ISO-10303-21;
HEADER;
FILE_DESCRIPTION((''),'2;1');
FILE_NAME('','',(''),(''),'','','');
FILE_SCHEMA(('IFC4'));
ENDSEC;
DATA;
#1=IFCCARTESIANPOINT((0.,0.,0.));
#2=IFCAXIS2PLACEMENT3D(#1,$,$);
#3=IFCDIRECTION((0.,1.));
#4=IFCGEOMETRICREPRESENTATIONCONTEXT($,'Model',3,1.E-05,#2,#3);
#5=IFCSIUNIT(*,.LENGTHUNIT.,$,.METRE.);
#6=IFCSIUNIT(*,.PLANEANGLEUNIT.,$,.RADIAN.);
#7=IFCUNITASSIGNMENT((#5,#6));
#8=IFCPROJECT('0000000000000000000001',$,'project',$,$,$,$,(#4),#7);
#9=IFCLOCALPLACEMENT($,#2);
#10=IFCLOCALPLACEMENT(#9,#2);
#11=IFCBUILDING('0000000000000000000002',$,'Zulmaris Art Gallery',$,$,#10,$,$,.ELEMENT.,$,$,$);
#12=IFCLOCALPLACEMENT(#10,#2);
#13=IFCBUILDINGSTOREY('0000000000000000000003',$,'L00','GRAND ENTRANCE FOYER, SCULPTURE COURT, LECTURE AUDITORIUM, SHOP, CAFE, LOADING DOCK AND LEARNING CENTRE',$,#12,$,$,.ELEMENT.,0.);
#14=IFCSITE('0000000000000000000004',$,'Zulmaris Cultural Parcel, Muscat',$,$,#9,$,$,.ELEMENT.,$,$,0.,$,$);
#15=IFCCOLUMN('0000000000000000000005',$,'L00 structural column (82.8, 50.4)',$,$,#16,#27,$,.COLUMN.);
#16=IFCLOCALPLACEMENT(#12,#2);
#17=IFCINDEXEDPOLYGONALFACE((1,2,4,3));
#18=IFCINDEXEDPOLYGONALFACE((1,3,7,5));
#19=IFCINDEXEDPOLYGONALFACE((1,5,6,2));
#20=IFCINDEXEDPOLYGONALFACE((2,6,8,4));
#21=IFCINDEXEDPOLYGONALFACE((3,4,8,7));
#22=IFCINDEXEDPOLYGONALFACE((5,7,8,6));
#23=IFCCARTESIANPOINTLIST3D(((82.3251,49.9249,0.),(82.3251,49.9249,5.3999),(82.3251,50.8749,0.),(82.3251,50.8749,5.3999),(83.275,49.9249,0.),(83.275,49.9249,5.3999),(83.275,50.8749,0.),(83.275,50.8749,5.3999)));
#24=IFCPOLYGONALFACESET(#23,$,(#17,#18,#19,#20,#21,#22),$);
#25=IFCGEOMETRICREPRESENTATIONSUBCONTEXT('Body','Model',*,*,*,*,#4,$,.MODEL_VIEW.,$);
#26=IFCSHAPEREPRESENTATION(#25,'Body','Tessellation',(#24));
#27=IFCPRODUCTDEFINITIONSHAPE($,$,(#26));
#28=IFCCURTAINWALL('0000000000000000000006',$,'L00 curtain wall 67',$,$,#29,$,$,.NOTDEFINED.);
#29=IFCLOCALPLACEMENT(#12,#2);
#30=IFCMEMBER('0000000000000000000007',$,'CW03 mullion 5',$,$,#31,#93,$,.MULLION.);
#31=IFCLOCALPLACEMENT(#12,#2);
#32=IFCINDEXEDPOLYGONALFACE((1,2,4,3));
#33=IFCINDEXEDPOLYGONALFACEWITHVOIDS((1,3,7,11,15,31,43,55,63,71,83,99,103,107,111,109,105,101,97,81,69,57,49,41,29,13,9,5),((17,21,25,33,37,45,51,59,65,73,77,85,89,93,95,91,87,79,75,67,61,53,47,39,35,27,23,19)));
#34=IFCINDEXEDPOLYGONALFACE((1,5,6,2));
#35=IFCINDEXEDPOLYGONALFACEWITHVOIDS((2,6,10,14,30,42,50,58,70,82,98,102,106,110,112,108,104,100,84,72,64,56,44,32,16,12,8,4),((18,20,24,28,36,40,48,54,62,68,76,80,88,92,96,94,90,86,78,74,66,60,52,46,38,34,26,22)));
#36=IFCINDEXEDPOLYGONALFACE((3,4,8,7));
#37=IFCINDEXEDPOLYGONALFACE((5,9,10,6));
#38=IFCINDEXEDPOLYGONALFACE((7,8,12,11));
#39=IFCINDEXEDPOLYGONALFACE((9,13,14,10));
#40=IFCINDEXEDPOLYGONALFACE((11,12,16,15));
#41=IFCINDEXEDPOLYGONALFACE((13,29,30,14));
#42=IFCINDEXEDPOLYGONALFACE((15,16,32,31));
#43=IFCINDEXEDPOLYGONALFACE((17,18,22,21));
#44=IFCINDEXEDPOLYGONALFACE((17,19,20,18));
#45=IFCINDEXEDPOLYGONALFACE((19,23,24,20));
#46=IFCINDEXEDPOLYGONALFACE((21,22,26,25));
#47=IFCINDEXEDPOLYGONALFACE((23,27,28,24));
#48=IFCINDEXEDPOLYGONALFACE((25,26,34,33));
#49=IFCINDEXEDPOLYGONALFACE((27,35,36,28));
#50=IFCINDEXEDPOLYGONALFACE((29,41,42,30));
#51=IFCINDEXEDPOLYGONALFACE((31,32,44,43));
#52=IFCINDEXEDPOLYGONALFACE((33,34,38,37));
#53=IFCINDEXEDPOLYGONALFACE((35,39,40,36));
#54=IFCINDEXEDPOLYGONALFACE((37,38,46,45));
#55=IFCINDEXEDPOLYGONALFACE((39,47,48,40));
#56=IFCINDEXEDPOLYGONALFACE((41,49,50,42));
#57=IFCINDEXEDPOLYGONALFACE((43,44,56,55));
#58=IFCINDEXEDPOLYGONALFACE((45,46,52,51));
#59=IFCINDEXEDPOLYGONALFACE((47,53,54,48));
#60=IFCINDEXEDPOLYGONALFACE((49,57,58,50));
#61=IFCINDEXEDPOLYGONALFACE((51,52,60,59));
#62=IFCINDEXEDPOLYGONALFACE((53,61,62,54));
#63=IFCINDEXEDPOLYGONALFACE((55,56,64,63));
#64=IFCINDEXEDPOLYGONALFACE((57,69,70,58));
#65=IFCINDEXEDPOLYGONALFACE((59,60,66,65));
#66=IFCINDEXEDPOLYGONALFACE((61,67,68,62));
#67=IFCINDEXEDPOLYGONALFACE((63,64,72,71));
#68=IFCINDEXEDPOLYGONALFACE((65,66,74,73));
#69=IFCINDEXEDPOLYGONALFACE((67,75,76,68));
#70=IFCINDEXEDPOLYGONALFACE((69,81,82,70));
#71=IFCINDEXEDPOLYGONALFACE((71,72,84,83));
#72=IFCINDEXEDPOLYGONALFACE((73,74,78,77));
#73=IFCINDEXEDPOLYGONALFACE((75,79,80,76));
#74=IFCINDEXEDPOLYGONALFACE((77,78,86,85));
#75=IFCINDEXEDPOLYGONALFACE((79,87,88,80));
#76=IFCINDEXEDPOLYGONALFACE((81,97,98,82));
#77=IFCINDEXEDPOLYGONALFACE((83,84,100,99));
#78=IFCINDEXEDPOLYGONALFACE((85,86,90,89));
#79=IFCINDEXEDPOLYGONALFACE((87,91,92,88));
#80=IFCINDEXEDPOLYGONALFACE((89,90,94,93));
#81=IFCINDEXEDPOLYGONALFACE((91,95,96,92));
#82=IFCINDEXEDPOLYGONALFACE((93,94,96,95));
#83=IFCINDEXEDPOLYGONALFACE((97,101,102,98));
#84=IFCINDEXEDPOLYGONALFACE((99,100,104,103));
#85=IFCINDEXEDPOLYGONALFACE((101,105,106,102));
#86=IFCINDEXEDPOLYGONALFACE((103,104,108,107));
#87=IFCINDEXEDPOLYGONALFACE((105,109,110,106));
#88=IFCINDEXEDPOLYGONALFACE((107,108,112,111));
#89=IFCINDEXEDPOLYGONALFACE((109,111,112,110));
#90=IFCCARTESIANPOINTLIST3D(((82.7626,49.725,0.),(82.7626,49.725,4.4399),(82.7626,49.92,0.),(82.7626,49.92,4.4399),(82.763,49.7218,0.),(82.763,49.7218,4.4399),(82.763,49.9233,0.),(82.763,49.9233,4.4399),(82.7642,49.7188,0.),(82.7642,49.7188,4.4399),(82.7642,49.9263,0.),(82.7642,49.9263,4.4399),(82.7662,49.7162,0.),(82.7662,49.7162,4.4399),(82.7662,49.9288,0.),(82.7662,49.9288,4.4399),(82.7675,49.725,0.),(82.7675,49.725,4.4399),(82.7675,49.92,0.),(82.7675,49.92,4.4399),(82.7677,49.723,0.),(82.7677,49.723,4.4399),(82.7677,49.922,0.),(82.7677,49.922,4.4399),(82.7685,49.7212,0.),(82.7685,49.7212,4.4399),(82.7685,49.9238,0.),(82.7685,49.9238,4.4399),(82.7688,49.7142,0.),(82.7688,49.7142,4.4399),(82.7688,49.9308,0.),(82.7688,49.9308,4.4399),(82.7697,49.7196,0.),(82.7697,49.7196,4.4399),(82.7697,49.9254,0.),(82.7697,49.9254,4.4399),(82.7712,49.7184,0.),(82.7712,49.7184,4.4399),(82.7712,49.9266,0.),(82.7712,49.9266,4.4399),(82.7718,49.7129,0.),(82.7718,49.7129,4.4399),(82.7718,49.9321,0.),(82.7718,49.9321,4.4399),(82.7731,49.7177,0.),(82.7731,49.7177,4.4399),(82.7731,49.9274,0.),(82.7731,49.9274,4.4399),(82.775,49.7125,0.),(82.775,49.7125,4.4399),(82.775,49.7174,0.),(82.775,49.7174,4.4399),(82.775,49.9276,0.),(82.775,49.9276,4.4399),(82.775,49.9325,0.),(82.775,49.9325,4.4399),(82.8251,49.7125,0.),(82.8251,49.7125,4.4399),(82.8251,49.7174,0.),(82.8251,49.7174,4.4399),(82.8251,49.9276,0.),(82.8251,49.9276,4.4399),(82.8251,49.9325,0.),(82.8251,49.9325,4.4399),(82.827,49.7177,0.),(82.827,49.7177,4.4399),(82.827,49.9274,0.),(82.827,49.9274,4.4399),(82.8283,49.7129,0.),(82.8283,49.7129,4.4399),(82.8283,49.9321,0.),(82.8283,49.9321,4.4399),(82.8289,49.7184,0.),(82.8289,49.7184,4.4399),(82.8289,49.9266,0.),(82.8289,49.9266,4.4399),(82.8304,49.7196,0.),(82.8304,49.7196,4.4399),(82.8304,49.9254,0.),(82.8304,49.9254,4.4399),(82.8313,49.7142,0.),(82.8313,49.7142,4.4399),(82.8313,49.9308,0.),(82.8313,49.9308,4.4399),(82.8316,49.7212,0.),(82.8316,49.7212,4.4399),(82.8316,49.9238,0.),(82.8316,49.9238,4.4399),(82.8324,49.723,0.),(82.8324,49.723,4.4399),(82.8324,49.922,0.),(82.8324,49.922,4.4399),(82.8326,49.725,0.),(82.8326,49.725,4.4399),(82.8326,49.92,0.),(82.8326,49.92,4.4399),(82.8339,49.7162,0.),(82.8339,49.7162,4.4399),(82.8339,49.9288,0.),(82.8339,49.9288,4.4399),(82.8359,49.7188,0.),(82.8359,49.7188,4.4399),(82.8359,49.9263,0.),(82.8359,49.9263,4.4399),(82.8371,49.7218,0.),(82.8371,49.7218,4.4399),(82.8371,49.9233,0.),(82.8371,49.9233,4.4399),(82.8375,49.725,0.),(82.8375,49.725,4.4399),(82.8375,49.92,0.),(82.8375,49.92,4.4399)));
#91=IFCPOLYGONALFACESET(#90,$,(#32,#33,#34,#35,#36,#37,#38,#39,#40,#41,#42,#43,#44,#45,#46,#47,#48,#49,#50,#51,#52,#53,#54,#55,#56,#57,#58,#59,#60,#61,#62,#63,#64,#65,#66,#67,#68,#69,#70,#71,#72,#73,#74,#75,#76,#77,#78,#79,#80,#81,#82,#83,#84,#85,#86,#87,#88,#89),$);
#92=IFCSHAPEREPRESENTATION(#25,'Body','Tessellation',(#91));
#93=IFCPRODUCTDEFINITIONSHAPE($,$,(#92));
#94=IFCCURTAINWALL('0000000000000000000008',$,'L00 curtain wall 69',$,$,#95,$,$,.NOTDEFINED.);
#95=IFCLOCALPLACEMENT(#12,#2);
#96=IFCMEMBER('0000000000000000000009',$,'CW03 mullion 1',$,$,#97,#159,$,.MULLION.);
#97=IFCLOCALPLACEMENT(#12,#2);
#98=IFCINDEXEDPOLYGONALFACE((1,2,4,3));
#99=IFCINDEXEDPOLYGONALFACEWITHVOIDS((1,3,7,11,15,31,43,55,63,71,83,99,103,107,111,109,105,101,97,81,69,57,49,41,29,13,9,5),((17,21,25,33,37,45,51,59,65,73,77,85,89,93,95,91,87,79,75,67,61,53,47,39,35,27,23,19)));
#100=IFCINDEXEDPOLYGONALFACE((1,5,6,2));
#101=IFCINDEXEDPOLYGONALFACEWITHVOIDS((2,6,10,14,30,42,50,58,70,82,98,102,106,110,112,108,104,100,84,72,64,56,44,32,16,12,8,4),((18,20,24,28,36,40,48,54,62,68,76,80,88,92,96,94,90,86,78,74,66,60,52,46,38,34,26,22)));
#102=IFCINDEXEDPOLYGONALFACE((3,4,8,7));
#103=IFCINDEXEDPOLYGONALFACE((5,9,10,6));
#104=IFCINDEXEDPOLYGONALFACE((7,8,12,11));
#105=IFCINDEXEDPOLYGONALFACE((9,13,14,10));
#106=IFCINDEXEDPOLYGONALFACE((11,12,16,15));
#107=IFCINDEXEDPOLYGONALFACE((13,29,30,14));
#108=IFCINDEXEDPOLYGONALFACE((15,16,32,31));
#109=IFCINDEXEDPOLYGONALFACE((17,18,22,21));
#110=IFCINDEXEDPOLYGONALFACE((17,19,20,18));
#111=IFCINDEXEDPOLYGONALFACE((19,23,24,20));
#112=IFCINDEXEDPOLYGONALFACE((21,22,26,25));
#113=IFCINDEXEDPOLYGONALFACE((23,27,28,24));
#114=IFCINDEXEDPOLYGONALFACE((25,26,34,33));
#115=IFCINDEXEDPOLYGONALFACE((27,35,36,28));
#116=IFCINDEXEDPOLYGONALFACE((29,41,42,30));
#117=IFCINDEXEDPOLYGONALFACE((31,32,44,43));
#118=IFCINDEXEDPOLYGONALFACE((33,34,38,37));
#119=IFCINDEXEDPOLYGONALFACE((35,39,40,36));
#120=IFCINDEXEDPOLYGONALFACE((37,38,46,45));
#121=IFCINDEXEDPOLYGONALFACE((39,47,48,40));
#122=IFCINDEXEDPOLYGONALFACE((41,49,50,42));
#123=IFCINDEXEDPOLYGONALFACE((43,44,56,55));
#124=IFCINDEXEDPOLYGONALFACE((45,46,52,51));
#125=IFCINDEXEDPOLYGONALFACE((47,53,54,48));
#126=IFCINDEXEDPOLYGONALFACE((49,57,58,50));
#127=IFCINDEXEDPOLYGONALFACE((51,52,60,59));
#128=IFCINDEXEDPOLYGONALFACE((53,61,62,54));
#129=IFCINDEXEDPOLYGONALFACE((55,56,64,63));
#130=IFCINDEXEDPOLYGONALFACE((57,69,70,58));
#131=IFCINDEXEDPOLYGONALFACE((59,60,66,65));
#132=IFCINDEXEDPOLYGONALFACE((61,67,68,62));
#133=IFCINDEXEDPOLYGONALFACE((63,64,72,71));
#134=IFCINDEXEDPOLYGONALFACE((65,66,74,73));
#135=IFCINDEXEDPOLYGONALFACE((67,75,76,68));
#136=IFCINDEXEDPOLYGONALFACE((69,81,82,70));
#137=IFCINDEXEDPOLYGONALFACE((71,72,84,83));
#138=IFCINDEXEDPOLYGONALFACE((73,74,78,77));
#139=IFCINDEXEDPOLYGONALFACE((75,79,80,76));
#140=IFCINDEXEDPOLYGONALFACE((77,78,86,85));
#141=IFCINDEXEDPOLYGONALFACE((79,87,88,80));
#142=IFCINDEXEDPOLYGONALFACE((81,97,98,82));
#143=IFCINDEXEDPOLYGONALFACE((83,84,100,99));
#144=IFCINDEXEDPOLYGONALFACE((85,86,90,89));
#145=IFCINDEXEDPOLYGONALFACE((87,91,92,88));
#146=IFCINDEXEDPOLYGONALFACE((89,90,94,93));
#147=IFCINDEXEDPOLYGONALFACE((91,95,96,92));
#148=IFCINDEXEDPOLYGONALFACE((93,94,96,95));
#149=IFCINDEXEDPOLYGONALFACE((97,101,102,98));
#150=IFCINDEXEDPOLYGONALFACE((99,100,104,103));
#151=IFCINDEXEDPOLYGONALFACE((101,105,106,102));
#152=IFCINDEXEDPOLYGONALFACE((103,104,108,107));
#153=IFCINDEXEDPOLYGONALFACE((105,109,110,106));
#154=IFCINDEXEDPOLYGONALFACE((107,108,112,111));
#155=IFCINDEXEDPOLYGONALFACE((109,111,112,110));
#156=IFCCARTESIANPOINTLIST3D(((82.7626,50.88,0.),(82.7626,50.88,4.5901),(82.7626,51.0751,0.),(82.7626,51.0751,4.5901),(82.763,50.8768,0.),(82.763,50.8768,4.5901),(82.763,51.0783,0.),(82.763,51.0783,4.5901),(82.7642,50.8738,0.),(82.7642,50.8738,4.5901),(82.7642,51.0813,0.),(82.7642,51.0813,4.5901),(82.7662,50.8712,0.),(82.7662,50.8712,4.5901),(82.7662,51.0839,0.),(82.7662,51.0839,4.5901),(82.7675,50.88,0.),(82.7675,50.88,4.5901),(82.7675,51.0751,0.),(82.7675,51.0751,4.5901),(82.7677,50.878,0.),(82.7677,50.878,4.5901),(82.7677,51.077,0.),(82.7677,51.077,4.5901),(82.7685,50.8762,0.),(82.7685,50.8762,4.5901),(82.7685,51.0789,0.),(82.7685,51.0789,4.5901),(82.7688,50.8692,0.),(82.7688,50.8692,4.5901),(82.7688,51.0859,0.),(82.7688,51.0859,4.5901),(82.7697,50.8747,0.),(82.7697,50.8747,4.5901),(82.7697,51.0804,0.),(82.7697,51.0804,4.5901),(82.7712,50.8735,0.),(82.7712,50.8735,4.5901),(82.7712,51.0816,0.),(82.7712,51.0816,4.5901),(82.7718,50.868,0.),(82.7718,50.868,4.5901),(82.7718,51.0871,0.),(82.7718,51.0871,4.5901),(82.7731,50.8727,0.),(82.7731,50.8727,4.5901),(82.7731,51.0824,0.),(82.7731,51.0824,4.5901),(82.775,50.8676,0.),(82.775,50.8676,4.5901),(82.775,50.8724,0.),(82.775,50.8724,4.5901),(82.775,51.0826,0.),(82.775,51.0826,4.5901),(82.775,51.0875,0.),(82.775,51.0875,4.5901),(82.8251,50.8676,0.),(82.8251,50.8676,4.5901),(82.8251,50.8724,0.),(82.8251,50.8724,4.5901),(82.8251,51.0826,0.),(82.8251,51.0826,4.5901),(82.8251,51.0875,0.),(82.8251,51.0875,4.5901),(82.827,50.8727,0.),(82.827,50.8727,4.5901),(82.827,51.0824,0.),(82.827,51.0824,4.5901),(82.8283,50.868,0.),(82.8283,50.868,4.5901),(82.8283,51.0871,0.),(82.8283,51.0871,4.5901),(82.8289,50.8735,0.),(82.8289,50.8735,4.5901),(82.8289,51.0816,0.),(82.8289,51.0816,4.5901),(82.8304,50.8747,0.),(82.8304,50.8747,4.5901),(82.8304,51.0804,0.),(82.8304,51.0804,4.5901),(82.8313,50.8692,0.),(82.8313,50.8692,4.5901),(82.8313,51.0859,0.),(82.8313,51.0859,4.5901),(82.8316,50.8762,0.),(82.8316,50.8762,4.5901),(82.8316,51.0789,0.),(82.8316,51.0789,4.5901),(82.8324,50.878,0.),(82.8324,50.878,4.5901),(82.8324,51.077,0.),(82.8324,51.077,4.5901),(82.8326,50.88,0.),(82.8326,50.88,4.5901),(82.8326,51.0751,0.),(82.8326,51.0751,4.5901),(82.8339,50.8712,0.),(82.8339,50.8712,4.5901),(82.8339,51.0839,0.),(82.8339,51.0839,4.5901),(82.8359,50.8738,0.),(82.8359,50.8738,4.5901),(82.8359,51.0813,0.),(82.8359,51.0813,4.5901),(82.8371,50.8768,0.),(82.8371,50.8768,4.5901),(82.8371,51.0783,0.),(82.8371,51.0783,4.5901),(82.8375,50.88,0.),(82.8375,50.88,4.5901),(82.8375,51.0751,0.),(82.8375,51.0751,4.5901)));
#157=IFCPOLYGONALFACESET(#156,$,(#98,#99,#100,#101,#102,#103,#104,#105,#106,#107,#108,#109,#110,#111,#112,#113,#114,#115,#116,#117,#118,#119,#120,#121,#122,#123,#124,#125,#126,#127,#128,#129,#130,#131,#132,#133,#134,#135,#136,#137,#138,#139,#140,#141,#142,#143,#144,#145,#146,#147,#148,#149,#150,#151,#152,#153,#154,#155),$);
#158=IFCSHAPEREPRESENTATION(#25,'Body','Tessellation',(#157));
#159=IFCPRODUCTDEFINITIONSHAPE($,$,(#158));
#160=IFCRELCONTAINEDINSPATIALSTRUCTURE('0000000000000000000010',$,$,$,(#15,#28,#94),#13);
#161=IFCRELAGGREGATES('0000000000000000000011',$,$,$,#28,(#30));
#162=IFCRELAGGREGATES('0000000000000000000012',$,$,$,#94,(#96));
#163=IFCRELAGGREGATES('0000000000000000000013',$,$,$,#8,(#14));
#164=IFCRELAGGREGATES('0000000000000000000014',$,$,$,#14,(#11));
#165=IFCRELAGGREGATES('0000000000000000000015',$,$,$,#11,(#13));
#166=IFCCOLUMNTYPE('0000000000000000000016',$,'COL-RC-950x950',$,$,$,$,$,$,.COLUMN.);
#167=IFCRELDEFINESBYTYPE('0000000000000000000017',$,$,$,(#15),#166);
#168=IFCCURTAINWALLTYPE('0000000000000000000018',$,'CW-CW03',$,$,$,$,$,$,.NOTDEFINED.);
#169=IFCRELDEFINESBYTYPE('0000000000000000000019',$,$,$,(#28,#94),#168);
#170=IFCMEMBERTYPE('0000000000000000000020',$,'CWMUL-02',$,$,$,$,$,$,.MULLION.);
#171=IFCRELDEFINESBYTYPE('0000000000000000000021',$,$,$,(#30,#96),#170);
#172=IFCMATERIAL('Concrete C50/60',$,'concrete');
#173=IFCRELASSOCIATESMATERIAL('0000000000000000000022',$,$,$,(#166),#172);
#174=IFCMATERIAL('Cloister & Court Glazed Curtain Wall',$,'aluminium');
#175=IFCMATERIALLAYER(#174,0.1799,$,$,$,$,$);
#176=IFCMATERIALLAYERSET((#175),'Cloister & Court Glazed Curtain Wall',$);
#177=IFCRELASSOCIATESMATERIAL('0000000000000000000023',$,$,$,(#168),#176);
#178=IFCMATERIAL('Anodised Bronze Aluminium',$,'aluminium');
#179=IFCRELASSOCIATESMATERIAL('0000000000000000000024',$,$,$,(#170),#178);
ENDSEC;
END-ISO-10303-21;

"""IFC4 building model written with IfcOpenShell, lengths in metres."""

from ifc_helpers import new_model, si_unit, direction, frame, origin, origin_2d, place, context, subcontext, project, spatial, rectangle, hollow_rectangle, extrude, material, layer, layer_set, material_profile, profile_set, type_object, element, aggregate, save


model = new_model("IFC4")

# Units and contexts
model_context = context("Model", 3, precision=1e-05, world=origin(), true_north=direction((0.0, 1.0)))
body_context = subcontext(model_context, "Body", "Model", "MODEL_VIEW")
ifc_project = project(units=[si_unit("LENGTHUNIT", "METRE"), si_unit("PLANEANGLEUNIT", "RADIAN")], contexts=[model_context])

# Site, building, storey
site_placement = place(None, origin())
site = spatial("IfcSite", under=ifc_project, at=site_placement, Name="Zulmaris Cultural Parcel, Muscat", CompositionType="ELEMENT", RefElevation=0.0)
building_placement = place(site_placement, origin())
building = spatial("IfcBuilding", under=site, at=building_placement, Name="Zulmaris Art Gallery", CompositionType="ELEMENT")
storey_placement = place(building_placement, origin())
storey = spatial("IfcBuildingStorey", under=building, at=storey_placement, Name="L00", Description="GRAND ENTRANCE FOYER, SCULPTURE COURT, LECTURE AUDITORIUM, SHOP, CAFE, LOADING DOCK AND LEARNING CENTRE", CompositionType="ELEMENT", Elevation=0.0)

# Column
ifc_material_1 = material(Name="Concrete C50/60", Category="concrete")
ifc_material_profile_1 = material_profile(ifc_material_1, rectangle(XDim=0.95, YDim=0.95, at=origin_2d()), Name="RC 950x950")
ifc_profile_set_1 = profile_set([ifc_material_profile_1], Name="Concrete C50/60")
column_type_1 = type_object("IfcColumnType", Name="COL-RC-950x950", PredefinedType="COLUMN", material=ifc_profile_set_1)
column_1_placement = place(storey_placement, frame((82.8, 50.3999, 0.0), z_axis=(0.0, 0.0, 1.0), x_axis=(1.0, 0.0, 0.0)))
element("IfcColumn", 1, at=column_1_placement, inside=storey, type_object=column_type_1, Name="L00 structural column (82.8, 50.4)", PredefinedType="COLUMN", context=body_context, shape_type="SweptSolid", body=[
    extrude(rectangle(XDim=0.95, YDim=0.95, at=origin_2d()), origin(), (0.0, 0.0, 1.0), 5.3999),
])

# Curtain wall, member
ifc_material_2 = material(Name="Cloister & Court Glazed Curtain Wall", Category="aluminium")
ifc_layer_1 = layer(ifc_material_2, 0.1799)
ifc_layer_set_1 = layer_set([ifc_layer_1], Name="Cloister & Court Glazed Curtain Wall")
curtain_wall_type = type_object("IfcCurtainWallType", Name="CW-CW03", PredefinedType="NOTDEFINED", material=ifc_layer_set_1)
curtain_wall_1_placement = place(storey_placement, origin())
curtain_wall_1 = element("IfcCurtainWall", 2, at=curtain_wall_1_placement, inside=storey, type_object=curtain_wall_type, Name="L00 curtain wall 67", PredefinedType="NOTDEFINED")
ifc_material_3 = material(Name="Anodised Bronze Aluminium", Category="aluminium")
ifc_material_profile_2 = material_profile(ifc_material_3, hollow_rectangle(XDim=0.075, YDim=0.22, WallThickness=0.0049, InnerFilletRadius=0.0076, OuterFilletRadius=0.0125, at=origin_2d()), Name="ALU 75x220x5")
ifc_profile_set_2 = profile_set([ifc_material_profile_2], Name="Anodised Bronze Aluminium")
member_type_1 = type_object("IfcMemberType", Name="CWMUL-02", PredefinedType="MULLION", material=ifc_profile_set_2)
member_1_placement = place(storey_placement, frame((82.8, 49.8225, 0.0), z_axis=(0.0, 0.0, 1.0), x_axis=(-1.0, 0.0, 0.0)))
member_1 = element("IfcMember", 3, at=member_1_placement, type_object=member_type_1, Name="CW03 mullion 5", PredefinedType="MULLION", context=body_context, shape_type="SweptSolid", body=[
    extrude(hollow_rectangle(XDim=0.075, YDim=0.22, WallThickness=0.0049, InnerFilletRadius=0.0076, OuterFilletRadius=0.0125, at=origin_2d()), origin(), (0.0, 0.0, 1.0), 4.4399),
])

# Curtain wall, member
curtain_wall_2_placement = place(storey_placement, origin())
curtain_wall_2 = element("IfcCurtainWall", 4, at=curtain_wall_2_placement, inside=storey, type_object=curtain_wall_type, Name="L00 curtain wall 69", PredefinedType="NOTDEFINED")
member_2_placement = place(storey_placement, frame((82.8, 50.9775, 0.0), z_axis=(0.0, 0.0, 1.0), x_axis=(-1.0, 0.0, 0.0)))
member_2 = element("IfcMember", 5, at=member_2_placement, type_object=member_type_1, Name="CW03 mullion 1", PredefinedType="MULLION", context=body_context, shape_type="SweptSolid", body=[
    extrude(hollow_rectangle(XDim=0.075, YDim=0.22, WallThickness=0.0049, InnerFilletRadius=0.0076, OuterFilletRadius=0.0125, at=origin_2d()), origin(), (0.0, 0.0, 1.0), 4.5901),
])

aggregate(curtain_wall_1, [member_1])
aggregate(curtain_wall_2, [member_2])

save(model, "model.ifc")
